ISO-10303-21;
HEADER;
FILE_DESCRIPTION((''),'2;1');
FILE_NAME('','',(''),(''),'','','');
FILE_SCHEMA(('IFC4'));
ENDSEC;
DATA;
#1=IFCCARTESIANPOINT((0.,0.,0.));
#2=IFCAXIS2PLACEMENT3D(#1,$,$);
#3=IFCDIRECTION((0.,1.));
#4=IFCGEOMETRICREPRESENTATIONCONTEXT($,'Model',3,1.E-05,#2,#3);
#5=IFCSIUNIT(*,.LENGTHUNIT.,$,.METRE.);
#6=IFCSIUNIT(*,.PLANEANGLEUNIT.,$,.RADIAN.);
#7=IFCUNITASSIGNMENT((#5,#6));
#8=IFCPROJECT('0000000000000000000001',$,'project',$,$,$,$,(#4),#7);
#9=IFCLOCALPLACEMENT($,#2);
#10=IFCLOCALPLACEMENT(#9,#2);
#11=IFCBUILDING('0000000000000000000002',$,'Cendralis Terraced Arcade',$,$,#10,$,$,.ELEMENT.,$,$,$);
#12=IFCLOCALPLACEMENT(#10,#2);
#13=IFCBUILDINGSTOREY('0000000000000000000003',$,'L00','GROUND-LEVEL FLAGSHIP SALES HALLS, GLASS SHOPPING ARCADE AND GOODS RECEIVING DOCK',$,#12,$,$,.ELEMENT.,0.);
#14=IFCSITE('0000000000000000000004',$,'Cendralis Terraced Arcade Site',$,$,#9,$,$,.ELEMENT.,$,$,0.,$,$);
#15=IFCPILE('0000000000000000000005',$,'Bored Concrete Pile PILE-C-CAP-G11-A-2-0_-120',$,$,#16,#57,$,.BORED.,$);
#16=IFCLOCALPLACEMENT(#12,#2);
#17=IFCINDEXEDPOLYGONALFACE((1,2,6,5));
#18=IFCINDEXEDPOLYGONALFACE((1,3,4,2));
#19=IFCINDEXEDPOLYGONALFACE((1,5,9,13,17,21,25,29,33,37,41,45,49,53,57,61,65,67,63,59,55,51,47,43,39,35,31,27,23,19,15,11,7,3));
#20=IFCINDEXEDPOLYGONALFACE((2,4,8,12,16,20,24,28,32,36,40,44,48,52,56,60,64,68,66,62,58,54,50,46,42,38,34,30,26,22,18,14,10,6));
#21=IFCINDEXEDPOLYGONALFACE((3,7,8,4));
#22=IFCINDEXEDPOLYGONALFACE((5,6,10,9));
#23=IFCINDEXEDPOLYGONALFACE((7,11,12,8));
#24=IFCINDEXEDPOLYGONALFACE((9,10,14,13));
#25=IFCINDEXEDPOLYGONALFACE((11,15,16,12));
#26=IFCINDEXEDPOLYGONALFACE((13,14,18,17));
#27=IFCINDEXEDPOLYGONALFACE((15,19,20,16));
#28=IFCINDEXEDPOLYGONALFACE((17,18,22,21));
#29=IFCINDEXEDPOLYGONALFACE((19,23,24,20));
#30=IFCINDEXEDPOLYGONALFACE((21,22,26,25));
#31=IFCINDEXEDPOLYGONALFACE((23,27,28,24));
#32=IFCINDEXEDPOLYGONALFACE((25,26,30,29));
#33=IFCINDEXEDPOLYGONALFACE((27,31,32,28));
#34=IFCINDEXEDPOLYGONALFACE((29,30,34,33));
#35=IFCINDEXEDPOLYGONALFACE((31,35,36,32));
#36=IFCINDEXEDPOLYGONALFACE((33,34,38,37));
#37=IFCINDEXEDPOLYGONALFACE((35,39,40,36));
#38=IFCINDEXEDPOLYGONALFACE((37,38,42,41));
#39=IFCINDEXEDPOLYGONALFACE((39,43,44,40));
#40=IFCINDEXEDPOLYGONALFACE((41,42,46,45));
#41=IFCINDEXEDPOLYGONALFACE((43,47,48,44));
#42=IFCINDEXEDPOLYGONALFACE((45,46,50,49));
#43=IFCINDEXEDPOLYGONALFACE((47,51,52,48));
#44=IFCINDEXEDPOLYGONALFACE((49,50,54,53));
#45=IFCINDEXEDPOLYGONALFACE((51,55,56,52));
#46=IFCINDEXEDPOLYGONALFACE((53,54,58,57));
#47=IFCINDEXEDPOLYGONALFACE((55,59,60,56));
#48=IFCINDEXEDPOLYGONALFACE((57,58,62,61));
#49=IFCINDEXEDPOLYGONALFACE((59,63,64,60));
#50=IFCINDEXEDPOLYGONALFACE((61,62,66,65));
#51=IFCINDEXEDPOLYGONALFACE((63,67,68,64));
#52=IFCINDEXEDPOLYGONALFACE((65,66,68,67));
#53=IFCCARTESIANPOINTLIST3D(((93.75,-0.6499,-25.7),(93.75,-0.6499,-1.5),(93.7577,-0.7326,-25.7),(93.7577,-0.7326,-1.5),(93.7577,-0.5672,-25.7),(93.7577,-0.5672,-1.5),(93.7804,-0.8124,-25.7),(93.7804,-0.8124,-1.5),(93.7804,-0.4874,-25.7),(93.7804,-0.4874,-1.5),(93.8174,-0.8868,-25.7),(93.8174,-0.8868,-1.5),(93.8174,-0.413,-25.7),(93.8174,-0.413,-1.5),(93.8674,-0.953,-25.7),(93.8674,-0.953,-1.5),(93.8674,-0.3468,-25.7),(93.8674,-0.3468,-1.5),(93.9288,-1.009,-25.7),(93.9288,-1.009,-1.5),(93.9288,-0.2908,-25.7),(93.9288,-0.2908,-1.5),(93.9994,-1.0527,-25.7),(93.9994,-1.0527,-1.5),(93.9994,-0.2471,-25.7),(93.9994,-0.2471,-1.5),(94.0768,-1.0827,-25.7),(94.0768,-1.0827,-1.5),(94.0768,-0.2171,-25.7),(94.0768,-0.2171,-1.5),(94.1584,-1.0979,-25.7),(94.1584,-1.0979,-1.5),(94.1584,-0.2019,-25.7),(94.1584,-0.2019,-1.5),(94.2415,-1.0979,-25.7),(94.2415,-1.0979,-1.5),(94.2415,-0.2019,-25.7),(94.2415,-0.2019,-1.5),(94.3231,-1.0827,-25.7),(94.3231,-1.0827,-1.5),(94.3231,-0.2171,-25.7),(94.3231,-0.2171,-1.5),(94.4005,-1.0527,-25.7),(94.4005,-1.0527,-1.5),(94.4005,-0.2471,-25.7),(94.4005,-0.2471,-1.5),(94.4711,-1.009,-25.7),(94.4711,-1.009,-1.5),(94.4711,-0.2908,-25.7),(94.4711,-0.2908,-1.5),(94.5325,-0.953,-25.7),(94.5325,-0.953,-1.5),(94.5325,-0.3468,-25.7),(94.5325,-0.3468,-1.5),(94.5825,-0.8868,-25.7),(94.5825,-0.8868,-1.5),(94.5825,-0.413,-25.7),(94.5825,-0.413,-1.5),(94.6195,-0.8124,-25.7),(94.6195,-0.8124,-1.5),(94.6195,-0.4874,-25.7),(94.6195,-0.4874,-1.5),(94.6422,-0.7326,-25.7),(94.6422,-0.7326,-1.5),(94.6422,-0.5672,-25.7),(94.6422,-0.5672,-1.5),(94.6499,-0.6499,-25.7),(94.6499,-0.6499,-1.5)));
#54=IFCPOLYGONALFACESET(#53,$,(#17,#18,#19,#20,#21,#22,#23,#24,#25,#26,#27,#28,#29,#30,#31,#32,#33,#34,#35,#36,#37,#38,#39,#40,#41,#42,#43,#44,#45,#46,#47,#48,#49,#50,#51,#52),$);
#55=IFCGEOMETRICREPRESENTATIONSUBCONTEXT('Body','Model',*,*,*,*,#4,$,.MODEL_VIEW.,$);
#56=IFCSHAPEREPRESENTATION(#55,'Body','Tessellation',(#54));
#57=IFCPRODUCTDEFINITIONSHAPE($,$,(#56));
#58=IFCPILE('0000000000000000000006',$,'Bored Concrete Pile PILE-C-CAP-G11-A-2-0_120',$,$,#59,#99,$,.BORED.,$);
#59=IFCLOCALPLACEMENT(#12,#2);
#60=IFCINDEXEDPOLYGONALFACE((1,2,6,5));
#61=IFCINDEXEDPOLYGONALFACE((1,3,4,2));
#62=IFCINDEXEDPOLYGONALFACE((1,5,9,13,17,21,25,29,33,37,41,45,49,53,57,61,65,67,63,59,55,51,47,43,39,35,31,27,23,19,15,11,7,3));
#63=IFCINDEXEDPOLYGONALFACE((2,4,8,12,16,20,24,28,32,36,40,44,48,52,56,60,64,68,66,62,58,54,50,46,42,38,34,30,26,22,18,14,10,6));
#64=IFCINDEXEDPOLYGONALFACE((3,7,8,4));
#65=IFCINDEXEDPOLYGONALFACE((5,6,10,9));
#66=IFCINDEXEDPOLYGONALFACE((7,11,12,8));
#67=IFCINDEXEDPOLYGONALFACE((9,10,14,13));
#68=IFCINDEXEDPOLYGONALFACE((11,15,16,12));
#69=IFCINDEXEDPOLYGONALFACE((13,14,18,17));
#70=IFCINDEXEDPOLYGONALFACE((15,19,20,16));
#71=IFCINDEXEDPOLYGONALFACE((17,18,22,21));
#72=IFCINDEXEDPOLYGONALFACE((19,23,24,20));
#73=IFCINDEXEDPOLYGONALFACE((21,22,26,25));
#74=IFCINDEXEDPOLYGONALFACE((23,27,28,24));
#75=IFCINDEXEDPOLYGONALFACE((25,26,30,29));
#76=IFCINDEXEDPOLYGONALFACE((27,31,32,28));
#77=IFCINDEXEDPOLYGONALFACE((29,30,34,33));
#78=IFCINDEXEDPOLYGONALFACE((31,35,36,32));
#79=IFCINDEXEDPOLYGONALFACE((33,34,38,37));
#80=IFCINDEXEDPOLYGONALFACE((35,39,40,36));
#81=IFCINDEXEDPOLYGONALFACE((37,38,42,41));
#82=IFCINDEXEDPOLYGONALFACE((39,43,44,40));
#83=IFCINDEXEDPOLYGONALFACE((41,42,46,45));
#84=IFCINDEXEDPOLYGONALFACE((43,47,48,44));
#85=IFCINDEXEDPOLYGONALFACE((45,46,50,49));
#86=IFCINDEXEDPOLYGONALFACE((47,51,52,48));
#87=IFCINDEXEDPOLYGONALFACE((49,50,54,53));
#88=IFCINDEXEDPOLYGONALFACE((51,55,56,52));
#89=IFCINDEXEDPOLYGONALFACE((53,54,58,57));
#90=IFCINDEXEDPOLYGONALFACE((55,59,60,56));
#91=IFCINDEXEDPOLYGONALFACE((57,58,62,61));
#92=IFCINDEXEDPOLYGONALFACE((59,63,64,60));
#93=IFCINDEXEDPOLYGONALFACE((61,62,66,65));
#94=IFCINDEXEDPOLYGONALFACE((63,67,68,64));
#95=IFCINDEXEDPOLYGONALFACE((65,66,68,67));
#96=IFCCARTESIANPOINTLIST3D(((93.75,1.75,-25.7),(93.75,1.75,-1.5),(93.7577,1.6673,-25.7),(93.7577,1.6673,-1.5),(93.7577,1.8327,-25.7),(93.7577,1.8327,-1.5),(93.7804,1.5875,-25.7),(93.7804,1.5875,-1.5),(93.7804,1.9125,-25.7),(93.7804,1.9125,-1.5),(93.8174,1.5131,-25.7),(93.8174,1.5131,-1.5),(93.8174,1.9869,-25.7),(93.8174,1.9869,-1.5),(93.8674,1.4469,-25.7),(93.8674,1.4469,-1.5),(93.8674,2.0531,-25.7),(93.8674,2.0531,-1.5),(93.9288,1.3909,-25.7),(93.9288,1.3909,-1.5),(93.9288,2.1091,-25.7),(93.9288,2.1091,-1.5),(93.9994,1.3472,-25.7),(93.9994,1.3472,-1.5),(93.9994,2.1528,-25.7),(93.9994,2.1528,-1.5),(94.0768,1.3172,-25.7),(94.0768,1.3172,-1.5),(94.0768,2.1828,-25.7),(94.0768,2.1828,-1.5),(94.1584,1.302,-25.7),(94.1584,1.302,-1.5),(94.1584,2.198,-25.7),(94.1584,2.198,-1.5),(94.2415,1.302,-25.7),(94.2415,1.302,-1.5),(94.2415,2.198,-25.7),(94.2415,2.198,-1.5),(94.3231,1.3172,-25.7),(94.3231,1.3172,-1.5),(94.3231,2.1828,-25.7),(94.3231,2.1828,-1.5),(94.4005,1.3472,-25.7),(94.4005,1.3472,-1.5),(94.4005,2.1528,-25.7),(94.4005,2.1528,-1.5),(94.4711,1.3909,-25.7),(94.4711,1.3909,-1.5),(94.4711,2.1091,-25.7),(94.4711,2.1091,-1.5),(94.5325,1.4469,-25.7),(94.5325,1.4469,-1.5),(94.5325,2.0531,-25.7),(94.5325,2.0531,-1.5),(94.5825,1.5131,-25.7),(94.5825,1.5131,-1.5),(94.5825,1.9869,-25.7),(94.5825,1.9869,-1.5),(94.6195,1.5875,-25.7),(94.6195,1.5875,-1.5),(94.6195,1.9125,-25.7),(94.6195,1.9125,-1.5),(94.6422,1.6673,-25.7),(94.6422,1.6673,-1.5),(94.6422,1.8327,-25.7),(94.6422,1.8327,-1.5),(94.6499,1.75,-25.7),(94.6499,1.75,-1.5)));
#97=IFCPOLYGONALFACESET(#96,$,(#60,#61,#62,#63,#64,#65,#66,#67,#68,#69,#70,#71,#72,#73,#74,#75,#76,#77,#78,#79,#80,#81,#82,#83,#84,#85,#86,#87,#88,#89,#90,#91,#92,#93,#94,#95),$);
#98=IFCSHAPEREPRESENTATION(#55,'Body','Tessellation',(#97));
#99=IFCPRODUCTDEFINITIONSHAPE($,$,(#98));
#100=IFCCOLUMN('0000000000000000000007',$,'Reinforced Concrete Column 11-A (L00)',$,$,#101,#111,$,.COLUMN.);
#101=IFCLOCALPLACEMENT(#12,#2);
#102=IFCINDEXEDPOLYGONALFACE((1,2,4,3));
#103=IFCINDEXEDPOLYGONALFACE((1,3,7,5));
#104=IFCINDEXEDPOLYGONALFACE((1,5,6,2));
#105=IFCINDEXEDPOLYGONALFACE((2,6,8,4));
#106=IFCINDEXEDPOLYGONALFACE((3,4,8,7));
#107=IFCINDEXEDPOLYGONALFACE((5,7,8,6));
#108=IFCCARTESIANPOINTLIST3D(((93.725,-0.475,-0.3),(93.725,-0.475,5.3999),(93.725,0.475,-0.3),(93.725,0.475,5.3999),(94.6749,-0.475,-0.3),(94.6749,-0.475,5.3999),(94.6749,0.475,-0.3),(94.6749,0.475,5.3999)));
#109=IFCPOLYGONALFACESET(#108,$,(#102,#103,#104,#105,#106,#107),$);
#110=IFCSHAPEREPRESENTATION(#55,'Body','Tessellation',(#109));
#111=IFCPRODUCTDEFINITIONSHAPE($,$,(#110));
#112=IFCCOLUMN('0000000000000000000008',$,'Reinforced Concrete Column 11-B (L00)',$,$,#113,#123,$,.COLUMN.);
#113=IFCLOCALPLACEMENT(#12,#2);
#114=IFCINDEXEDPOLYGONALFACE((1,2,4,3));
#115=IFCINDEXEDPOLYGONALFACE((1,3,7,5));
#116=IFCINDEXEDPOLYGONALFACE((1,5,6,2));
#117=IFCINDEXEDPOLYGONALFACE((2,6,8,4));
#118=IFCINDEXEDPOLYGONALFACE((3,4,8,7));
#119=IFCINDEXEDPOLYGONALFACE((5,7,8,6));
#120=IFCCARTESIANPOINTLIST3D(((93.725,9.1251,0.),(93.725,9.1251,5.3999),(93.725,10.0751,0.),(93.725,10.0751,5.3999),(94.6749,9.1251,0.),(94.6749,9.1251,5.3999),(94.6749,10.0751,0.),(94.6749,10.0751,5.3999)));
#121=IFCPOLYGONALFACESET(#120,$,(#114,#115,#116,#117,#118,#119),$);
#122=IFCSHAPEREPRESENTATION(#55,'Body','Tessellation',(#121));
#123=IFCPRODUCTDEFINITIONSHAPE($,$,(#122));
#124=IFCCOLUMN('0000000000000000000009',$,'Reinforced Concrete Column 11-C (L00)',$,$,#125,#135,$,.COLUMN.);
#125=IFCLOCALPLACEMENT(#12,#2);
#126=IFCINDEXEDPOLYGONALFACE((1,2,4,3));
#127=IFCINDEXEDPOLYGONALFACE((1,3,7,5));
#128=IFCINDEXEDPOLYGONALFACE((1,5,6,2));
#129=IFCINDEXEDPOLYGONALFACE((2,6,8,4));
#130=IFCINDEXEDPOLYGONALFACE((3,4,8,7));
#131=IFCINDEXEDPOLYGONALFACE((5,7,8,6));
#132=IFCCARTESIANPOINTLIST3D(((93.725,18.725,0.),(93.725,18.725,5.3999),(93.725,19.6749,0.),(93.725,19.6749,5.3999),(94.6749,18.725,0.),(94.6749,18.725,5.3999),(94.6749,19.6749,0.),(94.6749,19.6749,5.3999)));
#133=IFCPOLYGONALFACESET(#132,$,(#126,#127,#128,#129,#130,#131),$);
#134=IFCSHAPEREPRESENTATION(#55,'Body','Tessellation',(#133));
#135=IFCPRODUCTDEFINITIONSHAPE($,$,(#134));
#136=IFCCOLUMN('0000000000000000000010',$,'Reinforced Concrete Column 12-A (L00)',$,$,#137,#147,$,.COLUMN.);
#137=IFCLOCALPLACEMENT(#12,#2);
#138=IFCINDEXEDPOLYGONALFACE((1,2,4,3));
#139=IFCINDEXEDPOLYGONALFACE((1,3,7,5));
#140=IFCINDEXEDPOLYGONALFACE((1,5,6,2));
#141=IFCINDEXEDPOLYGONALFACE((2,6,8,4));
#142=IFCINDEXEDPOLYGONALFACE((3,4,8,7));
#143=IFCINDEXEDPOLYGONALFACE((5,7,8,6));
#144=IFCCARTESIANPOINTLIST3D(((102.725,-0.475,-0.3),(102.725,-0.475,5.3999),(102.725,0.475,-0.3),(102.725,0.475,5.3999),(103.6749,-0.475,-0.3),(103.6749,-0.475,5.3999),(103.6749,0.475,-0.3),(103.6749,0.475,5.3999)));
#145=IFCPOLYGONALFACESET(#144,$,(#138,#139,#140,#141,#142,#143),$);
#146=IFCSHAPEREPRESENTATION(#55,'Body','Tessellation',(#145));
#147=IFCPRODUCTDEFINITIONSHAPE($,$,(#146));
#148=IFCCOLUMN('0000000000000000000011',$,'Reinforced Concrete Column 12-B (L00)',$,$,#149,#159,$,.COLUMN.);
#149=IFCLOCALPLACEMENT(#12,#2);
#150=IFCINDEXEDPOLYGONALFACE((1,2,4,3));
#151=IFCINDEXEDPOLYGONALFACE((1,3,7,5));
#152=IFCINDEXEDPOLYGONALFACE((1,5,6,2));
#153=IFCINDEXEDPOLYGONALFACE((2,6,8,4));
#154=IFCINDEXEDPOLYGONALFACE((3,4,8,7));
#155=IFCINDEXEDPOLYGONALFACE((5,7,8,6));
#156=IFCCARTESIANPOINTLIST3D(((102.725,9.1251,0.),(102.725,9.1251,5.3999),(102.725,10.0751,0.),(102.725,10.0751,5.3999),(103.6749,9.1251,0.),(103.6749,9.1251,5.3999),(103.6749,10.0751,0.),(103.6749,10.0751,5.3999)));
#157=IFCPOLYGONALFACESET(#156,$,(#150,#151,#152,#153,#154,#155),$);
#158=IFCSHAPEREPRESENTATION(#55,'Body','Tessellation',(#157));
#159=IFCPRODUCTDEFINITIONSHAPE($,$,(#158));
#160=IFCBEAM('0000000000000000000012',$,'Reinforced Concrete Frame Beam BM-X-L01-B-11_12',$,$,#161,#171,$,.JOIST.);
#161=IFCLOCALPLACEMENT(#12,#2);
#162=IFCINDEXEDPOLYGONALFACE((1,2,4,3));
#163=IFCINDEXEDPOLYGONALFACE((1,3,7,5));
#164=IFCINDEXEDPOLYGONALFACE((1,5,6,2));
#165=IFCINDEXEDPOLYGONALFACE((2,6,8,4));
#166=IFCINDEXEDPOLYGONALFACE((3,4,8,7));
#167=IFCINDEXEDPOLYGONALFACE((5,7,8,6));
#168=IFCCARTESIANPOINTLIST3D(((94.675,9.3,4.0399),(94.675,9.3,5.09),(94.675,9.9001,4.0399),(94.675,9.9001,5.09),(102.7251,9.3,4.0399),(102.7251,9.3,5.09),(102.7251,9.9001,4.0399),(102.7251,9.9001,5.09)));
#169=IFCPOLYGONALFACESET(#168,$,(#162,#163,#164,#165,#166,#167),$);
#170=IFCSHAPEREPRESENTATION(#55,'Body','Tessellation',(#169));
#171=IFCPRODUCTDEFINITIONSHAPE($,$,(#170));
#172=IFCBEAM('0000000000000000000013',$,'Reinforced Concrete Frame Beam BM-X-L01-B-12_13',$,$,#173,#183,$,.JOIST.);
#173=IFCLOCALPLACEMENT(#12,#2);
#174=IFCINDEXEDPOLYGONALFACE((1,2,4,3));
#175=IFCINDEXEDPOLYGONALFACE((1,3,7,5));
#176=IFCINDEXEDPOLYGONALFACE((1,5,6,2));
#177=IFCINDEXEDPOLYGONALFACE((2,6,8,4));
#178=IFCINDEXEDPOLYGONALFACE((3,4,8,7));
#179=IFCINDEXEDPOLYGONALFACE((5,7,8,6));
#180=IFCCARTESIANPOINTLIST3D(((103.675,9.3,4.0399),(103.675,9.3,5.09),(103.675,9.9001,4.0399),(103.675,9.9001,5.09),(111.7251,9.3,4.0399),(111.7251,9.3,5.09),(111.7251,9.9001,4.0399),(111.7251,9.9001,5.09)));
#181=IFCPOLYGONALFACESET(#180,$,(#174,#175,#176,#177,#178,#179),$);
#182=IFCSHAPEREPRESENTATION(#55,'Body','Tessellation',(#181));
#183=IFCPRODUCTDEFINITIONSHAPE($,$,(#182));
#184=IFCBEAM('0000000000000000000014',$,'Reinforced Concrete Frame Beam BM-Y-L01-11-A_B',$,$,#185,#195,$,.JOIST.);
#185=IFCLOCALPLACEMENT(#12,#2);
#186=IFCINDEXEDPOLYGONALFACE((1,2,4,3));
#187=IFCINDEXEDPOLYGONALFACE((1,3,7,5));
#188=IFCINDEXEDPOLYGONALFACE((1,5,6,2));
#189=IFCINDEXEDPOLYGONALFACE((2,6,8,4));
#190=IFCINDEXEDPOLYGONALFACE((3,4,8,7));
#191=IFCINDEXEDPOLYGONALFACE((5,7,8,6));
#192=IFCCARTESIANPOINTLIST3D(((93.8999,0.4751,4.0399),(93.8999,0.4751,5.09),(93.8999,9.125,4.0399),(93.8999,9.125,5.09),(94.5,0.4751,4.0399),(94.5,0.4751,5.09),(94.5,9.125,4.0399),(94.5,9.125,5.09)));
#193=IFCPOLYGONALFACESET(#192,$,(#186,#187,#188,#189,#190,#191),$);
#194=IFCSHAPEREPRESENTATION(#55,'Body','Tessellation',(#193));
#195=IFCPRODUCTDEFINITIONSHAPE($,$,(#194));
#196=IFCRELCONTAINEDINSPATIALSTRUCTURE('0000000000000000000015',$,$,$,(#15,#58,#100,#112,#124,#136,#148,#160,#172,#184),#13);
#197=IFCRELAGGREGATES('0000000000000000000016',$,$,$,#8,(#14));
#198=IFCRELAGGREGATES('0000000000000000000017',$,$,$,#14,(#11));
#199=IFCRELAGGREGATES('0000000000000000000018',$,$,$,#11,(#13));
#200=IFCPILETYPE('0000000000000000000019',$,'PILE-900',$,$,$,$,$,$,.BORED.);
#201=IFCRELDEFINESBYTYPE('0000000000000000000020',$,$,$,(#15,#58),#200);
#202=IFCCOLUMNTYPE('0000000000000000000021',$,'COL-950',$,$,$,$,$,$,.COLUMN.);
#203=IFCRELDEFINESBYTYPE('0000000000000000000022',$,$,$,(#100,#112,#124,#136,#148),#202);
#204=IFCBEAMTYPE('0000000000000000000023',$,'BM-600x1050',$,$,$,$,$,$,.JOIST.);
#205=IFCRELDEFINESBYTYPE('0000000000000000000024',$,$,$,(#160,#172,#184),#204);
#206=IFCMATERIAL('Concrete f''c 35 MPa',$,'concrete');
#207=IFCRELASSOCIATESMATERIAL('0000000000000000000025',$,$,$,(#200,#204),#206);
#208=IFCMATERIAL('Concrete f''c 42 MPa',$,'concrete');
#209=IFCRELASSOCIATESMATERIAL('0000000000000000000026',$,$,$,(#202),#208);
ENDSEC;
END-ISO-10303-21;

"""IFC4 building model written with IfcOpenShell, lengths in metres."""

from ifc_helpers import new_model, si_unit, direction, frame, origin, origin_2d, place, context, subcontext, project, spatial, rectangle, circle, extrude, material, material_profile, profile_set, type_object, element, save


model = new_model("IFC4")

# Units and contexts
model_context = context("Model", 3, precision=1e-05, world=origin(), true_north=direction((0.0, 1.0)))
body_context = subcontext(model_context, "Body", "Model", "MODEL_VIEW")
ifc_project = project(units=[si_unit("LENGTHUNIT", "METRE"), si_unit("PLANEANGLEUNIT", "RADIAN")], contexts=[model_context])

# Site, building, storey
site_placement = place(None, origin())
site = spatial("IfcSite", under=ifc_project, at=site_placement, Name="Cendralis Terraced Arcade Site", CompositionType="ELEMENT", RefElevation=0.0)
building_placement = place(site_placement, origin())
building = spatial("IfcBuilding", under=site, at=building_placement, Name="Cendralis Terraced Arcade", CompositionType="ELEMENT")
storey_placement = place(building_placement, origin())
storey = spatial("IfcBuildingStorey", under=building, at=storey_placement, Name="L00", Description="GROUND-LEVEL FLAGSHIP SALES HALLS, GLASS SHOPPING ARCADE AND GOODS RECEIVING DOCK", CompositionType="ELEMENT", Elevation=0.0)

# Shared definitions
ifc_material_1 = material(Name="Concrete f'c 35 MPa", Category="concrete")

# Piles
ifc_material_profile_1 = material_profile(ifc_material_1, circle(Radius=0.45, at=origin_2d()), Name="PILE-D900", Category="LoadBearing")
ifc_profile_set_1 = profile_set([ifc_material_profile_1], Name="Concrete f'c 35 MPa")
pile_type_1 = type_object("IfcPileType", Name="PILE-900", PredefinedType="BORED", material=ifc_profile_set_1)
for number, where, z_axis, x_axis, name in (
    (1, (94.2, -0.6499, -1.5), (0.0, 0.0, -1.0), (1.0, 0.0, 0.0), "Bored Concrete Pile PILE-C-CAP-G11-A-2-0_-120"),
    (2, (94.2, 1.75, -1.5), (0.0, 0.0, -1.0), (1.0, 0.0, 0.0), "Bored Concrete Pile PILE-C-CAP-G11-A-2-0_120"),
):
    element("IfcPile", number, at=place(storey_placement, frame(where, z_axis=z_axis, x_axis=x_axis)), inside=storey, type_object=pile_type_1, Name=name, PredefinedType="BORED", context=body_context, shape_type="SweptSolid", body=[
        extrude(circle(Radius=0.45, at=origin_2d()), origin(), (0.0, 0.0, 1.0), 24.2),
    ])

# Columns
ifc_material_2 = material(Name="Concrete f'c 42 MPa", Category="concrete")
ifc_material_profile_2 = material_profile(ifc_material_2, rectangle(XDim=0.95, YDim=0.95, at=origin_2d()), Name="RC-COL-950x950", Category="LoadBearing")
ifc_profile_set_2 = profile_set([ifc_material_profile_2], Name="Concrete f'c 42 MPa")
column_type = type_object("IfcColumnType", Name="COL-950", PredefinedType="COLUMN", material=ifc_profile_set_2)
column_1_placement = place(storey_placement, frame((94.2, 0.0, -0.3), z_axis=(0.0, 0.0, 1.0), x_axis=(1.0, 0.0, 0.0)))
element("IfcColumn", 3, at=column_1_placement, inside=storey, type_object=column_type, Name="Reinforced Concrete Column 11-A (L00)", PredefinedType="COLUMN", context=body_context, shape_type="SweptSolid", body=[
    extrude(rectangle(XDim=0.95, YDim=0.95, at=origin_2d()), origin(), (0.0, 0.0, 1.0), 5.7),
])
for number, where, z_axis, x_axis, name in (
    (4, (94.2, 9.6001, 0.0), (0.0, 0.0, 1.0), (1.0, 0.0, 0.0), "Reinforced Concrete Column 11-B (L00)"),
    (5, (94.2, 19.2, 0.0), (0.0, 0.0, 1.0), (1.0, 0.0, 0.0), "Reinforced Concrete Column 11-C (L00)"),
):
    element("IfcColumn", number, at=place(storey_placement, frame(where, z_axis=z_axis, x_axis=x_axis)), inside=storey, type_object=column_type, Name=name, PredefinedType="COLUMN", context=body_context, shape_type="SweptSolid", body=[
        extrude(rectangle(XDim=0.95, YDim=0.95, at=origin_2d()), origin(), (0.0, 0.0, 1.0), 5.3999),
    ])
column_2_placement = place(storey_placement, frame((103.2, 0.0, -0.3), z_axis=(0.0, 0.0, 1.0), x_axis=(1.0, 0.0, 0.0)))
element("IfcColumn", 6, at=column_2_placement, inside=storey, type_object=column_type, Name="Reinforced Concrete Column 12-A (L00)", PredefinedType="COLUMN", context=body_context, shape_type="SweptSolid", body=[
    extrude(rectangle(XDim=0.95, YDim=0.95, at=origin_2d()), origin(), (0.0, 0.0, 1.0), 5.7),
])
column_3_placement = place(storey_placement, frame((103.2, 9.6001, 0.0), z_axis=(0.0, 0.0, 1.0), x_axis=(1.0, 0.0, 0.0)))
element("IfcColumn", 7, at=column_3_placement, inside=storey, type_object=column_type, Name="Reinforced Concrete Column 12-B (L00)", PredefinedType="COLUMN", context=body_context, shape_type="SweptSolid", body=[
    extrude(rectangle(XDim=0.95, YDim=0.95, at=origin_2d()), origin(), (0.0, 0.0, 1.0), 5.3999),
])

# Beams
ifc_material_profile_3 = material_profile(ifc_material_1, rectangle(XDim=0.6001, YDim=1.05, at=origin_2d()), Name="RC-BM-600x1050", Category="LoadBearing")
ifc_profile_set_3 = profile_set([ifc_material_profile_3], Name="Concrete f'c 35 MPa")
beam_type = type_object("IfcBeamType", Name="BM-600x1050", PredefinedType="JOIST", material=ifc_profile_set_3)
for number, where, z_axis, x_axis, name in (
    (8, (94.675, 9.6001, 4.5649), (1.0, 0.0, 0.0), (0.0, 1.0, 0.0), "Reinforced Concrete Frame Beam BM-X-L01-B-11_12"),
    (9, (103.675, 9.6001, 4.5649), (1.0, 0.0, 0.0), (0.0, 1.0, 0.0), "Reinforced Concrete Frame Beam BM-X-L01-B-12_13"),
):
    element("IfcBeam", number, at=place(storey_placement, frame(where, z_axis=z_axis, x_axis=x_axis)), inside=storey, type_object=beam_type, Name=name, PredefinedType="JOIST", context=body_context, shape_type="SweptSolid", body=[
        extrude(rectangle(XDim=0.6001, YDim=1.05, at=origin_2d()), origin(), (0.0, 0.0, 1.0), 8.05),
    ])
beam_1_placement = place(storey_placement, frame((94.2, 0.4751, 4.5649), z_axis=(0.0, 1.0, 0.0), x_axis=(-1.0, 0.0, 0.0)))
element("IfcBeam", 10, at=beam_1_placement, inside=storey, type_object=beam_type, Name="Reinforced Concrete Frame Beam BM-Y-L01-11-A_B", PredefinedType="JOIST", context=body_context, shape_type="SweptSolid", body=[
    extrude(rectangle(XDim=0.6001, YDim=1.05, at=origin_2d()), origin(), (0.0, 0.0, 1.0), 8.6499),
])

save(model, "model.ifc")
